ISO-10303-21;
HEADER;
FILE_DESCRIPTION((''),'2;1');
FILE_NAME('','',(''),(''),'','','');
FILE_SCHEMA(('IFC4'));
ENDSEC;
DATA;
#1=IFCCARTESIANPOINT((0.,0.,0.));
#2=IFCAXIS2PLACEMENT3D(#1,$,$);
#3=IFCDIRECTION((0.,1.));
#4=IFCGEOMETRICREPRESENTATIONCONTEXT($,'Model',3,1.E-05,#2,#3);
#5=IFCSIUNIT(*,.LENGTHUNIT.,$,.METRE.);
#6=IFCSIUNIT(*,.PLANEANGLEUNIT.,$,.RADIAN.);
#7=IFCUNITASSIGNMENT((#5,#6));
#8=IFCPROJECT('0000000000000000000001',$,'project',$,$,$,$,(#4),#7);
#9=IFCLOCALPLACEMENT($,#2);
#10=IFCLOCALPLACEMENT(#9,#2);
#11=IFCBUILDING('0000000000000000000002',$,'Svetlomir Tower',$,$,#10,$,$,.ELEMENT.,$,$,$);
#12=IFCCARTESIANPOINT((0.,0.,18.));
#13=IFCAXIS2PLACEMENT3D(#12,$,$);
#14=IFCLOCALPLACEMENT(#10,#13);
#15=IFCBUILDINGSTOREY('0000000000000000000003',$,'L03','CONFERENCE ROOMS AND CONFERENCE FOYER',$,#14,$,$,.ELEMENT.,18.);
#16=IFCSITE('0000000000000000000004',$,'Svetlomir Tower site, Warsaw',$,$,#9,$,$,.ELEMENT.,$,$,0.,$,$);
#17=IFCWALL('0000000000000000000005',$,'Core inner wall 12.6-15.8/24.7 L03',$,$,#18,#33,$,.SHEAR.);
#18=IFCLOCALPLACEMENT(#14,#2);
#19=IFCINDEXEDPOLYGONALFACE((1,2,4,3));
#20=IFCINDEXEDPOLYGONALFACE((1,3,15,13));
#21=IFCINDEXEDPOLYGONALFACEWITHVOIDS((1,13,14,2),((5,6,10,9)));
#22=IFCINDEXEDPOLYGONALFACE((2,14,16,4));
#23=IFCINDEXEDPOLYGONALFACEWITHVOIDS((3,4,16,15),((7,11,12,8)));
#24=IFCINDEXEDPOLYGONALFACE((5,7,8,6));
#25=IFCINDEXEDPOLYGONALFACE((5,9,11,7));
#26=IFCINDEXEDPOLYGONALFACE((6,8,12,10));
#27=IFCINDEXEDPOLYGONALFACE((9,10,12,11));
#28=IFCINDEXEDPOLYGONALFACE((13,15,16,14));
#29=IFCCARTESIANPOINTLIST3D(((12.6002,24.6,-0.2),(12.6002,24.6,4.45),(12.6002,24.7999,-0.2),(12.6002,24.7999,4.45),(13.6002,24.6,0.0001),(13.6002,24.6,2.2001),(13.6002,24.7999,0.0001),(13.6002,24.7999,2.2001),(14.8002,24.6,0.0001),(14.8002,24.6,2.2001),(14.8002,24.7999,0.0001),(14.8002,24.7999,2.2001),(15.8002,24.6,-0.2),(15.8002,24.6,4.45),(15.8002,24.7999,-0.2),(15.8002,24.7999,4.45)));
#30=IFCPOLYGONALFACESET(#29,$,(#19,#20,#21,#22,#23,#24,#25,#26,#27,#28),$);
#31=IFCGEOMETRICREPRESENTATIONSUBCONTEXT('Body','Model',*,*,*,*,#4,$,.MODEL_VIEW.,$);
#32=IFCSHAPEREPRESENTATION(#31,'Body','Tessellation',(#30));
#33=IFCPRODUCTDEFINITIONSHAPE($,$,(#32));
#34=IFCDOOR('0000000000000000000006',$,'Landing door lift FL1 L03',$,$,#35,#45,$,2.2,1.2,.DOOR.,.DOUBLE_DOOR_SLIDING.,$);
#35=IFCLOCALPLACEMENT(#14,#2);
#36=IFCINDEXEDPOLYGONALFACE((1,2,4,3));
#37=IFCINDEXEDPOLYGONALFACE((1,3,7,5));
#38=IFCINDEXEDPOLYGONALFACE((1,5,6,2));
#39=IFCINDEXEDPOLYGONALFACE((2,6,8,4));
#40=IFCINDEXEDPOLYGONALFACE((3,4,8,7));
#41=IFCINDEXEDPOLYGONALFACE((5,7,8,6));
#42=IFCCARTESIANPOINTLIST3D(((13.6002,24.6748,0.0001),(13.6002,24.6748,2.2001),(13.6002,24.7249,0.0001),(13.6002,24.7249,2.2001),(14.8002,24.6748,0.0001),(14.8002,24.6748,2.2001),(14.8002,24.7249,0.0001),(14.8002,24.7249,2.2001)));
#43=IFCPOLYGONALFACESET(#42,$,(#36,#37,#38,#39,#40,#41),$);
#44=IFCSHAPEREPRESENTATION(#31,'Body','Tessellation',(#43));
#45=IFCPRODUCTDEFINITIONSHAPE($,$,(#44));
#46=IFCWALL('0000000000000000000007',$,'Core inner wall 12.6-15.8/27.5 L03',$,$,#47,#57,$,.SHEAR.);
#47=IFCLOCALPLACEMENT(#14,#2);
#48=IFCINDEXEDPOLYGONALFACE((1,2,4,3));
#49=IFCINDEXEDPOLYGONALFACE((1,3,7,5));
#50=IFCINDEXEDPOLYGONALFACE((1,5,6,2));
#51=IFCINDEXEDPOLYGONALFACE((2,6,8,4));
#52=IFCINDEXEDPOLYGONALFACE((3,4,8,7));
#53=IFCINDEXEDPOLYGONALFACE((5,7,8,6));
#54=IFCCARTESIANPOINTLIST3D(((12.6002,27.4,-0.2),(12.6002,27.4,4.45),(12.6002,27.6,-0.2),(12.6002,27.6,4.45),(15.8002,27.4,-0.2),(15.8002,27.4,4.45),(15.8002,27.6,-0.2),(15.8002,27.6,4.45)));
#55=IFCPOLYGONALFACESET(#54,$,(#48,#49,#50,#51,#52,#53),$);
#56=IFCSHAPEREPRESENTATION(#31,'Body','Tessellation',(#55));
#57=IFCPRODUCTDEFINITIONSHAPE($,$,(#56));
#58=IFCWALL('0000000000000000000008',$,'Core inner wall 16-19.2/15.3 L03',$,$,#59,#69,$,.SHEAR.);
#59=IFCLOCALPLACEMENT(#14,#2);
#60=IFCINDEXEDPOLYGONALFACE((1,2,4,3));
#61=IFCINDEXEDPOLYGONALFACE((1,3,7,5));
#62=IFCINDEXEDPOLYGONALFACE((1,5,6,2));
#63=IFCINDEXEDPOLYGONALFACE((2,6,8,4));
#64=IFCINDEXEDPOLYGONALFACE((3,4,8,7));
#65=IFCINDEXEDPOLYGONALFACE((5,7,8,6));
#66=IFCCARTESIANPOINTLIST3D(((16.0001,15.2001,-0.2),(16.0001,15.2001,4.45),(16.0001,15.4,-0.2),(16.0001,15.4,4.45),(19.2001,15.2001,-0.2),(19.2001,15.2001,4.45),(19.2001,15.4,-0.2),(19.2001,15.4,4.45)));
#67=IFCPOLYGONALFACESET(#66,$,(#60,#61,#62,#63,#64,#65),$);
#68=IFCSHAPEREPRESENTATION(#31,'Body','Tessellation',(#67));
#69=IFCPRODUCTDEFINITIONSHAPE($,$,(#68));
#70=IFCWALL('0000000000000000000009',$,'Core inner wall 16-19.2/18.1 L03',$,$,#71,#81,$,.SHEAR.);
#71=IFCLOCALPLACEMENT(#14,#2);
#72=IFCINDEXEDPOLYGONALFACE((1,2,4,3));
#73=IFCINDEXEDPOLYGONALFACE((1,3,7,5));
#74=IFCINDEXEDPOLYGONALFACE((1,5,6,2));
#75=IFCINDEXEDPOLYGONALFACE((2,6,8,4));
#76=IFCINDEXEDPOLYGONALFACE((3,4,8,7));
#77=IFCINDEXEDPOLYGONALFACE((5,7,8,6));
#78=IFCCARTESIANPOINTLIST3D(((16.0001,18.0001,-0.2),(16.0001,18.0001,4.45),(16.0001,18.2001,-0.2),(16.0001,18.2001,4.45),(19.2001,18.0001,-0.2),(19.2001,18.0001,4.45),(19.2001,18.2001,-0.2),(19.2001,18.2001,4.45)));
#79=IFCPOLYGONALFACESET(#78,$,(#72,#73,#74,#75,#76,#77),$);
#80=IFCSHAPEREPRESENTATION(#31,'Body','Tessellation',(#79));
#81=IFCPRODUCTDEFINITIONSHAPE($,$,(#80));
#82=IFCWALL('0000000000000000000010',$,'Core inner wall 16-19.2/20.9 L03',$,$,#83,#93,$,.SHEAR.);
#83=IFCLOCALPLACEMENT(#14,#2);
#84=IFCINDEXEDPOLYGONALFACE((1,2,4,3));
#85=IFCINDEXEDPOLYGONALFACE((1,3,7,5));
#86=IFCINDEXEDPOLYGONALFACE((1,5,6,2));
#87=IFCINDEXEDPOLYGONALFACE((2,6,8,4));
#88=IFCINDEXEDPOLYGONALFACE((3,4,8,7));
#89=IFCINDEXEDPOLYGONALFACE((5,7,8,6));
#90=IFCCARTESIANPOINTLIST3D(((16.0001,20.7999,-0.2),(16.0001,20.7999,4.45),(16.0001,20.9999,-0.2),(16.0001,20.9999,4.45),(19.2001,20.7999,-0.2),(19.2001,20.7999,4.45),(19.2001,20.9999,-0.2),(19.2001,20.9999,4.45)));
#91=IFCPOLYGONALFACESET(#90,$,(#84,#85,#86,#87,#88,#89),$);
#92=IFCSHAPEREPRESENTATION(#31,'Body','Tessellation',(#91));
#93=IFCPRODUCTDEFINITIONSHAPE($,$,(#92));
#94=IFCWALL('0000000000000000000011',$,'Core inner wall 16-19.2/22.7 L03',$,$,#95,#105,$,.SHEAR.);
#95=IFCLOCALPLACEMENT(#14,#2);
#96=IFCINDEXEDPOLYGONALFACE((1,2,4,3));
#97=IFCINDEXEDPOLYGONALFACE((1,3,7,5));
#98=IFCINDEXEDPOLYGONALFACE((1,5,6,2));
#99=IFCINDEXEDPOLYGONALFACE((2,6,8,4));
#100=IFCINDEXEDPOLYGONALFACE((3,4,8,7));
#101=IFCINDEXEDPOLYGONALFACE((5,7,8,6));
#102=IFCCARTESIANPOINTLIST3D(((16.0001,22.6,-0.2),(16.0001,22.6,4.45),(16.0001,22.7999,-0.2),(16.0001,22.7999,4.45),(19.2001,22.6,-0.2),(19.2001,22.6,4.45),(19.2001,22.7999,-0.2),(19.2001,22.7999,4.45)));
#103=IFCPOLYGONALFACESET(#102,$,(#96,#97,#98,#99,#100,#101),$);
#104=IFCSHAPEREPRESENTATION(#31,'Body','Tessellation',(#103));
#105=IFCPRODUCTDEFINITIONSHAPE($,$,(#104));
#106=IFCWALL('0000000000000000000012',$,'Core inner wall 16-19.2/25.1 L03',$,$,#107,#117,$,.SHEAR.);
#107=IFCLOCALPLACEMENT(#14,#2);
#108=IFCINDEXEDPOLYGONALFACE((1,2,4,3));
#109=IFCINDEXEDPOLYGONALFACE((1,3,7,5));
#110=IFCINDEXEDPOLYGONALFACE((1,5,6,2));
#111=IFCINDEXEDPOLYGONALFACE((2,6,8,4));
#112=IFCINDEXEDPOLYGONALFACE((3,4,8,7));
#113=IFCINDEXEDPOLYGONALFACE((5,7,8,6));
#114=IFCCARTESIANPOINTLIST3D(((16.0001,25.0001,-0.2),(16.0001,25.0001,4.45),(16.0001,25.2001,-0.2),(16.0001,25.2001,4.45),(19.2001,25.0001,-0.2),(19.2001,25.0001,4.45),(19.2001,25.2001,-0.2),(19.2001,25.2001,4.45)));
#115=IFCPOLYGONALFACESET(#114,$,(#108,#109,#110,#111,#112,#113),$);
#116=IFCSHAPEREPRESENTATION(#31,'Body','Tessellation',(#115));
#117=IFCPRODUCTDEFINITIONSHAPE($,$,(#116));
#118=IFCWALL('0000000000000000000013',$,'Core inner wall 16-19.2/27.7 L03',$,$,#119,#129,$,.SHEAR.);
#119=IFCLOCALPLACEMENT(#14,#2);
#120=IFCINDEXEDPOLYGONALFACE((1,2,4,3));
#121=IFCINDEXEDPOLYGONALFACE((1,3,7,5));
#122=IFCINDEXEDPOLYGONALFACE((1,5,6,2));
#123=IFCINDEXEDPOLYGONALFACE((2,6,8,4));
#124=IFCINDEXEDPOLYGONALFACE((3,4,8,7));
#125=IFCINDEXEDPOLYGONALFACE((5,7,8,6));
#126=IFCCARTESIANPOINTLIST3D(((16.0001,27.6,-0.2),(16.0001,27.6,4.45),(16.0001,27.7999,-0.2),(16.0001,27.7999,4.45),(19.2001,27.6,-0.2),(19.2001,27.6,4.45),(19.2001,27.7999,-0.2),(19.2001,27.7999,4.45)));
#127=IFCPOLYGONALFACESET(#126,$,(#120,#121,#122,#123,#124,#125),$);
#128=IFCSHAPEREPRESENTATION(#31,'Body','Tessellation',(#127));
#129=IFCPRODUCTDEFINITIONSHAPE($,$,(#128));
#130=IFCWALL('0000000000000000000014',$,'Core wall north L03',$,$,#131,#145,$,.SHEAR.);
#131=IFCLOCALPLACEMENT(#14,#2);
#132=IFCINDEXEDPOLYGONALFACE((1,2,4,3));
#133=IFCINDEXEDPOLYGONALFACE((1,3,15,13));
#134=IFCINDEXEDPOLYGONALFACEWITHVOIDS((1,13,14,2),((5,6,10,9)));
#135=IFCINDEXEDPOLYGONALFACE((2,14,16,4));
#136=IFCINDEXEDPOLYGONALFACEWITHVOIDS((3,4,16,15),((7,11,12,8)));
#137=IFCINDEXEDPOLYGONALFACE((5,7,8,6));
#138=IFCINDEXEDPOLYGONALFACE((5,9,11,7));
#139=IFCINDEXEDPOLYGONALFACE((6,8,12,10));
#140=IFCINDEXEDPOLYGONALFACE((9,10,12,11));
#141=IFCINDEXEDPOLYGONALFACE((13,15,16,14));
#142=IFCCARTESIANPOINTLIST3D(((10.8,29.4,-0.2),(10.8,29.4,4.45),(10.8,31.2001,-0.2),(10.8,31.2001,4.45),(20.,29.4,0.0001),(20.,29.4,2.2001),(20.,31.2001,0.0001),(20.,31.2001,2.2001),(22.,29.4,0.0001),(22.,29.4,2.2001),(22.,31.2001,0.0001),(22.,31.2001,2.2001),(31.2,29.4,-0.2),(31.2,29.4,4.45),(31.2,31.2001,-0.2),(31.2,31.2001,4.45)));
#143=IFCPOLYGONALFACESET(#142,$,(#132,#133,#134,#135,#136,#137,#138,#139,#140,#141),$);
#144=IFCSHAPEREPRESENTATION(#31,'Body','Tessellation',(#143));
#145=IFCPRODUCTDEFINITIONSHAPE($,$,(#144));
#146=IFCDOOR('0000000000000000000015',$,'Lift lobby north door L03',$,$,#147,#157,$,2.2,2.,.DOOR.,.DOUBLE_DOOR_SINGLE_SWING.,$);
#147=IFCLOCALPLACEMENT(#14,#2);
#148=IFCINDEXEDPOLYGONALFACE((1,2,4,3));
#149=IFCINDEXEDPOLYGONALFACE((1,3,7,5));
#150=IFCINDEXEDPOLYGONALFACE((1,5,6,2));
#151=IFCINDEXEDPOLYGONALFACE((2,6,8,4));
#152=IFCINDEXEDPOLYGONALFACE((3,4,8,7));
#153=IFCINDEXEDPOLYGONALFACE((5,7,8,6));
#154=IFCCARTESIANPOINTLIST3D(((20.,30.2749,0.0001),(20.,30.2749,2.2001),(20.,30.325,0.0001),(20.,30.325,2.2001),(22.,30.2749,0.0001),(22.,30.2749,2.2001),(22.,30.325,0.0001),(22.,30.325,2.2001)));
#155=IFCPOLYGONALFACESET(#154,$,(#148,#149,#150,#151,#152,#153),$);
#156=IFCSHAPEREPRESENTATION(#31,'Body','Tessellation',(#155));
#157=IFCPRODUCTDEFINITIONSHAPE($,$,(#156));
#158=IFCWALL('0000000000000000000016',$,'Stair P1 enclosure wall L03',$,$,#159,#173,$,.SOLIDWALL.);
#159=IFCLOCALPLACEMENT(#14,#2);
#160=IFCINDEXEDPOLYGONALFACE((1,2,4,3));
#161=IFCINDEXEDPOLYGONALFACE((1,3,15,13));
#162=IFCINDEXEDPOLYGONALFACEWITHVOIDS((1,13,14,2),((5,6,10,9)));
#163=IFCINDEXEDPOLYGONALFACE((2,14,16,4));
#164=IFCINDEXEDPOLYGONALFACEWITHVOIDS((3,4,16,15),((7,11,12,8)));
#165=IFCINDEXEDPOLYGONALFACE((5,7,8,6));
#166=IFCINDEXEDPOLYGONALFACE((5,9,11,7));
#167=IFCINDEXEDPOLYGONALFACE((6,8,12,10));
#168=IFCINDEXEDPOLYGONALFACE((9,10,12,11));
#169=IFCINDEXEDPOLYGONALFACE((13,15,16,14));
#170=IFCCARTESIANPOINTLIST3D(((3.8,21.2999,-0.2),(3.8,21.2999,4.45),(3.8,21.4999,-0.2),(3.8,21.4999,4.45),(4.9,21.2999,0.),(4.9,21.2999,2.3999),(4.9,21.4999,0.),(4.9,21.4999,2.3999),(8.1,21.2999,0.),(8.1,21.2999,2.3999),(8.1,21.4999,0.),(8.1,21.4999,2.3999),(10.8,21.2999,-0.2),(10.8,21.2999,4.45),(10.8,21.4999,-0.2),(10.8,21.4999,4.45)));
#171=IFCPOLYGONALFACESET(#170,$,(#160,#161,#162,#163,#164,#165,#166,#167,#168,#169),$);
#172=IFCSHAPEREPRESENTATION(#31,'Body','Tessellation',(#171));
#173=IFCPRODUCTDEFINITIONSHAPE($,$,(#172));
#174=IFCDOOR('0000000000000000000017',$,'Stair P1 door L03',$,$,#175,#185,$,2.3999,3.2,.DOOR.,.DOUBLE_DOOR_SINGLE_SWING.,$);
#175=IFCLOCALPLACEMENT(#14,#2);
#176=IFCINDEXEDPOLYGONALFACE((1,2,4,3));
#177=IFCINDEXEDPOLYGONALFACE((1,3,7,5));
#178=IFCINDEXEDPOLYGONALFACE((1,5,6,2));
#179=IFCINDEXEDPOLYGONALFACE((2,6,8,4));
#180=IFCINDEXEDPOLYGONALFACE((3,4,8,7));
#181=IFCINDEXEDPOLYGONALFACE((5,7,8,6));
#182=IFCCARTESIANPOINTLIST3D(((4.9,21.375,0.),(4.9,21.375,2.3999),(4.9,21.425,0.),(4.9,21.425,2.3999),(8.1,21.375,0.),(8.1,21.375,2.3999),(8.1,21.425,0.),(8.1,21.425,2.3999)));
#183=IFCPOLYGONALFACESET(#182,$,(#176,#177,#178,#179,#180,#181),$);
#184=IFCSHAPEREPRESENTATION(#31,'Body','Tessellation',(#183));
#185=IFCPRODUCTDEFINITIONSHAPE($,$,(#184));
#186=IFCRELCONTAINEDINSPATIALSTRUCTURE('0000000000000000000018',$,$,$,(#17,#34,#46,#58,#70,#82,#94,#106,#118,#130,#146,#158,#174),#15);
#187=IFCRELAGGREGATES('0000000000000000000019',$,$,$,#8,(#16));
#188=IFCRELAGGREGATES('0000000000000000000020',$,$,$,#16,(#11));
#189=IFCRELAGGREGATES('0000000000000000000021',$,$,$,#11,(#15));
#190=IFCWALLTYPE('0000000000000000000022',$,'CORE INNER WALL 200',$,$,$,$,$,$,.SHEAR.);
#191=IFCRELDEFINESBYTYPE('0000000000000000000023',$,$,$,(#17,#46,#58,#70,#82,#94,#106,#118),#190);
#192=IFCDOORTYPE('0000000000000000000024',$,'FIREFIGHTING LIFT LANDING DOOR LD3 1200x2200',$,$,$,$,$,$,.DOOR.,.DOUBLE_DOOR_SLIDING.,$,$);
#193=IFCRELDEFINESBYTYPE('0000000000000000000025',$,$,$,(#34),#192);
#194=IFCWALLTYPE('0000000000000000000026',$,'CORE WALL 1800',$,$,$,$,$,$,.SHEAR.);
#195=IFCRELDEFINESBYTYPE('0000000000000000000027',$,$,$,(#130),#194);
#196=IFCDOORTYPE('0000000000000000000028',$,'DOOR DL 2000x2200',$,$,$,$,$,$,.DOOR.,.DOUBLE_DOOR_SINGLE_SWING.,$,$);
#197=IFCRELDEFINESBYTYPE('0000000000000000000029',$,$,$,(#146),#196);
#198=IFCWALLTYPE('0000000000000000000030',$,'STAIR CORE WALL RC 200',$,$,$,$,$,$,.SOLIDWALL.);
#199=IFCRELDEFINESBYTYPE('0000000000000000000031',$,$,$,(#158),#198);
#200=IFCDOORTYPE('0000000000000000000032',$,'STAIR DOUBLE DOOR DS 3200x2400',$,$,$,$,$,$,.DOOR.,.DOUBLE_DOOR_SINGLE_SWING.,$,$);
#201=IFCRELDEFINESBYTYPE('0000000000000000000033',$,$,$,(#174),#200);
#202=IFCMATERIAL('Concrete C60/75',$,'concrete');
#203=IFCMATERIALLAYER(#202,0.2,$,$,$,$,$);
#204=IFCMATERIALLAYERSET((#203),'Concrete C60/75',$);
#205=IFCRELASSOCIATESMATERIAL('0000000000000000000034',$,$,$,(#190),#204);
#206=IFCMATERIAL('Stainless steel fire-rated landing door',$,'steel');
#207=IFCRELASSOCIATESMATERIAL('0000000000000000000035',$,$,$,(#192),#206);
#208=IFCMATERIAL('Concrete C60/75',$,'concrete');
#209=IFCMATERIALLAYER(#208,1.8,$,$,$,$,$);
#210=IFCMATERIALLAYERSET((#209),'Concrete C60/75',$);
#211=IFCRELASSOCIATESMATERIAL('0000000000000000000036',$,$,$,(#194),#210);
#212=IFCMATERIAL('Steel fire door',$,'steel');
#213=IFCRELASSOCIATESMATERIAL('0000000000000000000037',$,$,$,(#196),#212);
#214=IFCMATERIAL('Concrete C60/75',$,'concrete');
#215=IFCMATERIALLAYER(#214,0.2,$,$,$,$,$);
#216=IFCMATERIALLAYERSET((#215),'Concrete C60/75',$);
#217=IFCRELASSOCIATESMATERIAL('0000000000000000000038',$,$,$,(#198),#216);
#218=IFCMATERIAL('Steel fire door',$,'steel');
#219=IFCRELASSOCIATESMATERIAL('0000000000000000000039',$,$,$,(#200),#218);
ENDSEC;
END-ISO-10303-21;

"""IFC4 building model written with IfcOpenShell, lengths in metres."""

from ifc_helpers import new_model, si_unit, direction, frame, frame_2d, origin, place, context, subcontext, project, spatial, rectangle, extrude, material, layer, layer_set, type_object, element, fill, save


model = new_model("IFC4")

# Units and contexts
model_context = context("Model", 3, precision=1e-05, world=origin(), true_north=direction((0.0, 1.0)))
body_context = subcontext(model_context, "Body", "Model", "MODEL_VIEW")
ifc_project = project(units=[si_unit("LENGTHUNIT", "METRE"), si_unit("PLANEANGLEUNIT", "RADIAN")], contexts=[model_context])

# Site, building, storey
site_placement = place(None, origin())
site = spatial("IfcSite", under=ifc_project, at=site_placement, Name="Svetlomir Tower site, Warsaw", CompositionType="ELEMENT", RefElevation=0.0)
building_placement = place(site_placement, origin())
building = spatial("IfcBuilding", under=site, at=building_placement, Name="Svetlomir Tower", CompositionType="ELEMENT")
storey_placement = place(building_placement, frame((0.0, 0.0, 18.0)))
storey = spatial("IfcBuildingStorey", under=building, at=storey_placement, Name="L03", Description="CONFERENCE ROOMS AND CONFERENCE FOYER", CompositionType="ELEMENT", Elevation=18.0)

# Wall, opening, door
ifc_material_1 = material(Name="Concrete C60/75", Category="concrete")
ifc_layer_1 = layer(ifc_material_1, 0.2)
ifc_layer_set_1 = layer_set([ifc_layer_1], Name="Concrete C60/75")
wall_type_1 = type_object("IfcWallType", Name="CORE INNER WALL 200", PredefinedType="SHEAR", material=ifc_layer_set_1)
wall_1_placement = place(storey_placement, frame((12.6001, 24.7, -0.2), z_axis=(0.0, 0.0, 1.0), x_axis=(1.0, 0.0, 0.0)))
wall_1 = element("IfcWall", 1, at=wall_1_placement, inside=storey, type_object=wall_type_1, Name="Core inner wall 12.6-15.8/24.7 L03", PredefinedType="SHEAR", context=body_context, shape_type="SweptSolid", body=[
    extrude(rectangle(XDim=3.2, YDim=0.2, at=frame_2d((1.6001, 0.0))), origin(), (0.0, 0.0, 1.0), 4.6499),
])
opening_1_placement = place(wall_1_placement, frame((1.0, 0.0, 0.2)))
opening_1 = element("IfcOpeningElement", 2, at=opening_1_placement, cuts=wall_1, PredefinedType="OPENING", context=body_context, shape_type="SweptSolid", body=[
    extrude(rectangle(XDim=1.2, YDim=2.2, at=frame_2d((0.6001, 1.1001))), frame((0.0, 0.1099, 0.0), z_axis=(0.0, -1.0, 0.0), x_axis=(1.0, 0.0, 0.0)), (0.0, 0.0, 1.0), 0.22),
])
ifc_material_2 = material(Name="Stainless steel fire-rated landing door", Category="steel")
door_type_1 = type_object("IfcDoorType", Name="FIREFIGHTING LIFT LANDING DOOR LD3 1200x2200", OperationType="DOUBLE_DOOR_SLIDING", PredefinedType="DOOR", material=ifc_material_2)
door_1_placement = place(opening_1_placement, origin())
door_1 = element("IfcDoor", 3, at=door_1_placement, inside=storey, type_object=door_type_1, Name="Landing door lift FL1 L03", OperationType="DOUBLE_DOOR_SLIDING", OverallHeight=2.2, OverallWidth=1.2, PredefinedType="DOOR", context=body_context, shape_type="SweptSolid", body=[
    extrude(rectangle(XDim=1.2, YDim=2.2, at=frame_2d((0.6001, 1.1001))), frame((0.0, 0.0249, 0.0), z_axis=(0.0, -1.0, 0.0), x_axis=(1.0, 0.0, 0.0)), (0.0, 0.0, 1.0), 0.05),
])
fill(opening_1, door_1)

# Walls
for number, where, z_axis, x_axis, name in (
    (4, (12.6001, 27.5, -0.2), (0.0, 0.0, 1.0), (1.0, 0.0, 0.0), "Core inner wall 12.6-15.8/27.5 L03"),
    (5, (16.0, 15.3, -0.2), (0.0, 0.0, 1.0), (1.0, 0.0, 0.0), "Core inner wall 16-19.2/15.3 L03"),
    (6, (16.0, 18.1001, -0.2), (0.0, 0.0, 1.0), (1.0, 0.0, 0.0), "Core inner wall 16-19.2/18.1 L03"),
    (7, (16.0, 20.8999, -0.2), (0.0, 0.0, 1.0), (1.0, 0.0, 0.0), "Core inner wall 16-19.2/20.9 L03"),
    (8, (16.0, 22.7, -0.2), (0.0, 0.0, 1.0), (1.0, 0.0, 0.0), "Core inner wall 16-19.2/22.7 L03"),
    (9, (16.0, 25.1001, -0.2), (0.0, 0.0, 1.0), (1.0, 0.0, 0.0), "Core inner wall 16-19.2/25.1 L03"),
    (10, (16.0, 27.7, -0.2), (0.0, 0.0, 1.0), (1.0, 0.0, 0.0), "Core inner wall 16-19.2/27.7 L03"),
):
    element("IfcWall", number, at=place(storey_placement, frame(where, z_axis=z_axis, x_axis=x_axis)), inside=storey, type_object=wall_type_1, Name=name, PredefinedType="SHEAR", context=body_context, shape_type="SweptSolid", body=[
        extrude(rectangle(XDim=3.2, YDim=0.2, at=frame_2d((1.6001, 0.0))), origin(), (0.0, 0.0, 1.0), 4.6499),
    ])

# Walls, openings, doors
ifc_material_3 = material(Name="Concrete C60/75", Category="concrete")
ifc_layer_2 = layer(ifc_material_3, 1.8)
ifc_layer_set_2 = layer_set([ifc_layer_2], Name="Concrete C60/75")
wall_type_2 = type_object("IfcWallType", Name="CORE WALL 1800", PredefinedType="SHEAR", material=ifc_layer_set_2)
wall_2_placement = place(storey_placement, frame((10.8, 30.3, -0.2), z_axis=(0.0, 0.0, 1.0), x_axis=(1.0, 0.0, 0.0)))
wall_2 = element("IfcWall", 11, at=wall_2_placement, inside=storey, type_object=wall_type_2, Name="Core wall north L03", PredefinedType="SHEAR", context=body_context, shape_type="SweptSolid", body=[
    extrude(rectangle(XDim=20.3999, YDim=1.8, at=frame_2d((10.2, 0.0))), origin(), (0.0, 0.0, 1.0), 4.6499),
])
opening_2_placement = place(wall_2_placement, frame((9.2, 0.0, 0.2)))
opening_2 = element("IfcOpeningElement", 12, at=opening_2_placement, cuts=wall_2, PredefinedType="OPENING", context=body_context, shape_type="SweptSolid", body=[
    extrude(rectangle(XDim=2.0, YDim=2.2, at=frame_2d((1.0, 1.1001))), frame((0.0, 0.9102, 0.0), z_axis=(0.0, -1.0, 0.0), x_axis=(1.0, 0.0, 0.0)), (0.0, 0.0, 1.0), 1.8201),
])
ifc_material_4 = material(Name="Steel fire door", Category="steel")
door_type_2 = type_object("IfcDoorType", Name="DOOR DL 2000x2200", OperationType="DOUBLE_DOOR_SINGLE_SWING", PredefinedType="DOOR", material=ifc_material_4)
door_2_placement = place(opening_2_placement, origin())
door_2 = element("IfcDoor", 13, at=door_2_placement, inside=storey, type_object=door_type_2, Name="Lift lobby north door L03", OperationType="DOUBLE_DOOR_SINGLE_SWING", OverallHeight=2.2, OverallWidth=2.0, PredefinedType="DOOR", context=body_context, shape_type="SweptSolid", body=[
    extrude(rectangle(XDim=2.0, YDim=2.2, at=frame_2d((1.0, 1.1001))), frame((0.0, 0.0249, 0.0), z_axis=(0.0, -1.0, 0.0), x_axis=(1.0, 0.0, 0.0)), (0.0, 0.0, 1.0), 0.05),
])
fill(opening_2, door_2)
ifc_material_5 = material(Name="Concrete C60/75", Category="concrete")
ifc_layer_3 = layer(ifc_material_5, 0.2)
ifc_layer_set_3 = layer_set([ifc_layer_3], Name="Concrete C60/75")
wall_type_3 = type_object("IfcWallType", Name="STAIR CORE WALL RC 200", PredefinedType="SOLIDWALL", material=ifc_layer_set_3)
wall_3_placement = place(storey_placement, frame((10.8, 21.3999, -0.2), z_axis=(0.0, 0.0, 1.0), x_axis=(-1.0, 0.0, 0.0)))
wall_3 = element("IfcWall", 14, at=wall_3_placement, inside=storey, type_object=wall_type_3, Name="Stair P1 enclosure wall L03", PredefinedType="SOLIDWALL", context=body_context, shape_type="SweptSolid", body=[
    extrude(rectangle(XDim=7.0, YDim=0.2, at=frame_2d((3.5, 0.0))), origin(), (0.0, 0.0, 1.0), 4.6499),
])
opening_3_placement = place(wall_3_placement, frame((2.7, 0.0, 0.2)))
opening_3 = element("IfcOpeningElement", 15, at=opening_3_placement, cuts=wall_3, PredefinedType="OPENING", context=body_context, shape_type="SweptSolid", body=[
    extrude(rectangle(XDim=3.2, YDim=2.3999, at=frame_2d((1.6001, 1.2))), frame((0.0, 0.1099, 0.0), z_axis=(0.0, -1.0, 0.0), x_axis=(1.0, 0.0, 0.0)), (0.0, 0.0, 1.0), 0.22),
])
ifc_material_6 = material(Name="Steel fire door", Category="steel")
door_type_3 = type_object("IfcDoorType", Name="STAIR DOUBLE DOOR DS 3200x2400", OperationType="DOUBLE_DOOR_SINGLE_SWING", PredefinedType="DOOR", material=ifc_material_6)
door_3_placement = place(opening_3_placement, origin())
door_3 = element("IfcDoor", 16, at=door_3_placement, inside=storey, type_object=door_type_3, Name="Stair P1 door L03", OperationType="DOUBLE_DOOR_SINGLE_SWING", OverallHeight=2.3999, OverallWidth=3.2, PredefinedType="DOOR", context=body_context, shape_type="SweptSolid", body=[
    extrude(rectangle(XDim=3.2, YDim=2.3999, at=frame_2d((1.6001, 1.2))), frame((0.0, 0.0249, 0.0), z_axis=(0.0, -1.0, 0.0), x_axis=(1.0, 0.0, 0.0)), (0.0, 0.0, 1.0), 0.05),
])
fill(opening_3, door_3)

save(model, "model.ifc")
